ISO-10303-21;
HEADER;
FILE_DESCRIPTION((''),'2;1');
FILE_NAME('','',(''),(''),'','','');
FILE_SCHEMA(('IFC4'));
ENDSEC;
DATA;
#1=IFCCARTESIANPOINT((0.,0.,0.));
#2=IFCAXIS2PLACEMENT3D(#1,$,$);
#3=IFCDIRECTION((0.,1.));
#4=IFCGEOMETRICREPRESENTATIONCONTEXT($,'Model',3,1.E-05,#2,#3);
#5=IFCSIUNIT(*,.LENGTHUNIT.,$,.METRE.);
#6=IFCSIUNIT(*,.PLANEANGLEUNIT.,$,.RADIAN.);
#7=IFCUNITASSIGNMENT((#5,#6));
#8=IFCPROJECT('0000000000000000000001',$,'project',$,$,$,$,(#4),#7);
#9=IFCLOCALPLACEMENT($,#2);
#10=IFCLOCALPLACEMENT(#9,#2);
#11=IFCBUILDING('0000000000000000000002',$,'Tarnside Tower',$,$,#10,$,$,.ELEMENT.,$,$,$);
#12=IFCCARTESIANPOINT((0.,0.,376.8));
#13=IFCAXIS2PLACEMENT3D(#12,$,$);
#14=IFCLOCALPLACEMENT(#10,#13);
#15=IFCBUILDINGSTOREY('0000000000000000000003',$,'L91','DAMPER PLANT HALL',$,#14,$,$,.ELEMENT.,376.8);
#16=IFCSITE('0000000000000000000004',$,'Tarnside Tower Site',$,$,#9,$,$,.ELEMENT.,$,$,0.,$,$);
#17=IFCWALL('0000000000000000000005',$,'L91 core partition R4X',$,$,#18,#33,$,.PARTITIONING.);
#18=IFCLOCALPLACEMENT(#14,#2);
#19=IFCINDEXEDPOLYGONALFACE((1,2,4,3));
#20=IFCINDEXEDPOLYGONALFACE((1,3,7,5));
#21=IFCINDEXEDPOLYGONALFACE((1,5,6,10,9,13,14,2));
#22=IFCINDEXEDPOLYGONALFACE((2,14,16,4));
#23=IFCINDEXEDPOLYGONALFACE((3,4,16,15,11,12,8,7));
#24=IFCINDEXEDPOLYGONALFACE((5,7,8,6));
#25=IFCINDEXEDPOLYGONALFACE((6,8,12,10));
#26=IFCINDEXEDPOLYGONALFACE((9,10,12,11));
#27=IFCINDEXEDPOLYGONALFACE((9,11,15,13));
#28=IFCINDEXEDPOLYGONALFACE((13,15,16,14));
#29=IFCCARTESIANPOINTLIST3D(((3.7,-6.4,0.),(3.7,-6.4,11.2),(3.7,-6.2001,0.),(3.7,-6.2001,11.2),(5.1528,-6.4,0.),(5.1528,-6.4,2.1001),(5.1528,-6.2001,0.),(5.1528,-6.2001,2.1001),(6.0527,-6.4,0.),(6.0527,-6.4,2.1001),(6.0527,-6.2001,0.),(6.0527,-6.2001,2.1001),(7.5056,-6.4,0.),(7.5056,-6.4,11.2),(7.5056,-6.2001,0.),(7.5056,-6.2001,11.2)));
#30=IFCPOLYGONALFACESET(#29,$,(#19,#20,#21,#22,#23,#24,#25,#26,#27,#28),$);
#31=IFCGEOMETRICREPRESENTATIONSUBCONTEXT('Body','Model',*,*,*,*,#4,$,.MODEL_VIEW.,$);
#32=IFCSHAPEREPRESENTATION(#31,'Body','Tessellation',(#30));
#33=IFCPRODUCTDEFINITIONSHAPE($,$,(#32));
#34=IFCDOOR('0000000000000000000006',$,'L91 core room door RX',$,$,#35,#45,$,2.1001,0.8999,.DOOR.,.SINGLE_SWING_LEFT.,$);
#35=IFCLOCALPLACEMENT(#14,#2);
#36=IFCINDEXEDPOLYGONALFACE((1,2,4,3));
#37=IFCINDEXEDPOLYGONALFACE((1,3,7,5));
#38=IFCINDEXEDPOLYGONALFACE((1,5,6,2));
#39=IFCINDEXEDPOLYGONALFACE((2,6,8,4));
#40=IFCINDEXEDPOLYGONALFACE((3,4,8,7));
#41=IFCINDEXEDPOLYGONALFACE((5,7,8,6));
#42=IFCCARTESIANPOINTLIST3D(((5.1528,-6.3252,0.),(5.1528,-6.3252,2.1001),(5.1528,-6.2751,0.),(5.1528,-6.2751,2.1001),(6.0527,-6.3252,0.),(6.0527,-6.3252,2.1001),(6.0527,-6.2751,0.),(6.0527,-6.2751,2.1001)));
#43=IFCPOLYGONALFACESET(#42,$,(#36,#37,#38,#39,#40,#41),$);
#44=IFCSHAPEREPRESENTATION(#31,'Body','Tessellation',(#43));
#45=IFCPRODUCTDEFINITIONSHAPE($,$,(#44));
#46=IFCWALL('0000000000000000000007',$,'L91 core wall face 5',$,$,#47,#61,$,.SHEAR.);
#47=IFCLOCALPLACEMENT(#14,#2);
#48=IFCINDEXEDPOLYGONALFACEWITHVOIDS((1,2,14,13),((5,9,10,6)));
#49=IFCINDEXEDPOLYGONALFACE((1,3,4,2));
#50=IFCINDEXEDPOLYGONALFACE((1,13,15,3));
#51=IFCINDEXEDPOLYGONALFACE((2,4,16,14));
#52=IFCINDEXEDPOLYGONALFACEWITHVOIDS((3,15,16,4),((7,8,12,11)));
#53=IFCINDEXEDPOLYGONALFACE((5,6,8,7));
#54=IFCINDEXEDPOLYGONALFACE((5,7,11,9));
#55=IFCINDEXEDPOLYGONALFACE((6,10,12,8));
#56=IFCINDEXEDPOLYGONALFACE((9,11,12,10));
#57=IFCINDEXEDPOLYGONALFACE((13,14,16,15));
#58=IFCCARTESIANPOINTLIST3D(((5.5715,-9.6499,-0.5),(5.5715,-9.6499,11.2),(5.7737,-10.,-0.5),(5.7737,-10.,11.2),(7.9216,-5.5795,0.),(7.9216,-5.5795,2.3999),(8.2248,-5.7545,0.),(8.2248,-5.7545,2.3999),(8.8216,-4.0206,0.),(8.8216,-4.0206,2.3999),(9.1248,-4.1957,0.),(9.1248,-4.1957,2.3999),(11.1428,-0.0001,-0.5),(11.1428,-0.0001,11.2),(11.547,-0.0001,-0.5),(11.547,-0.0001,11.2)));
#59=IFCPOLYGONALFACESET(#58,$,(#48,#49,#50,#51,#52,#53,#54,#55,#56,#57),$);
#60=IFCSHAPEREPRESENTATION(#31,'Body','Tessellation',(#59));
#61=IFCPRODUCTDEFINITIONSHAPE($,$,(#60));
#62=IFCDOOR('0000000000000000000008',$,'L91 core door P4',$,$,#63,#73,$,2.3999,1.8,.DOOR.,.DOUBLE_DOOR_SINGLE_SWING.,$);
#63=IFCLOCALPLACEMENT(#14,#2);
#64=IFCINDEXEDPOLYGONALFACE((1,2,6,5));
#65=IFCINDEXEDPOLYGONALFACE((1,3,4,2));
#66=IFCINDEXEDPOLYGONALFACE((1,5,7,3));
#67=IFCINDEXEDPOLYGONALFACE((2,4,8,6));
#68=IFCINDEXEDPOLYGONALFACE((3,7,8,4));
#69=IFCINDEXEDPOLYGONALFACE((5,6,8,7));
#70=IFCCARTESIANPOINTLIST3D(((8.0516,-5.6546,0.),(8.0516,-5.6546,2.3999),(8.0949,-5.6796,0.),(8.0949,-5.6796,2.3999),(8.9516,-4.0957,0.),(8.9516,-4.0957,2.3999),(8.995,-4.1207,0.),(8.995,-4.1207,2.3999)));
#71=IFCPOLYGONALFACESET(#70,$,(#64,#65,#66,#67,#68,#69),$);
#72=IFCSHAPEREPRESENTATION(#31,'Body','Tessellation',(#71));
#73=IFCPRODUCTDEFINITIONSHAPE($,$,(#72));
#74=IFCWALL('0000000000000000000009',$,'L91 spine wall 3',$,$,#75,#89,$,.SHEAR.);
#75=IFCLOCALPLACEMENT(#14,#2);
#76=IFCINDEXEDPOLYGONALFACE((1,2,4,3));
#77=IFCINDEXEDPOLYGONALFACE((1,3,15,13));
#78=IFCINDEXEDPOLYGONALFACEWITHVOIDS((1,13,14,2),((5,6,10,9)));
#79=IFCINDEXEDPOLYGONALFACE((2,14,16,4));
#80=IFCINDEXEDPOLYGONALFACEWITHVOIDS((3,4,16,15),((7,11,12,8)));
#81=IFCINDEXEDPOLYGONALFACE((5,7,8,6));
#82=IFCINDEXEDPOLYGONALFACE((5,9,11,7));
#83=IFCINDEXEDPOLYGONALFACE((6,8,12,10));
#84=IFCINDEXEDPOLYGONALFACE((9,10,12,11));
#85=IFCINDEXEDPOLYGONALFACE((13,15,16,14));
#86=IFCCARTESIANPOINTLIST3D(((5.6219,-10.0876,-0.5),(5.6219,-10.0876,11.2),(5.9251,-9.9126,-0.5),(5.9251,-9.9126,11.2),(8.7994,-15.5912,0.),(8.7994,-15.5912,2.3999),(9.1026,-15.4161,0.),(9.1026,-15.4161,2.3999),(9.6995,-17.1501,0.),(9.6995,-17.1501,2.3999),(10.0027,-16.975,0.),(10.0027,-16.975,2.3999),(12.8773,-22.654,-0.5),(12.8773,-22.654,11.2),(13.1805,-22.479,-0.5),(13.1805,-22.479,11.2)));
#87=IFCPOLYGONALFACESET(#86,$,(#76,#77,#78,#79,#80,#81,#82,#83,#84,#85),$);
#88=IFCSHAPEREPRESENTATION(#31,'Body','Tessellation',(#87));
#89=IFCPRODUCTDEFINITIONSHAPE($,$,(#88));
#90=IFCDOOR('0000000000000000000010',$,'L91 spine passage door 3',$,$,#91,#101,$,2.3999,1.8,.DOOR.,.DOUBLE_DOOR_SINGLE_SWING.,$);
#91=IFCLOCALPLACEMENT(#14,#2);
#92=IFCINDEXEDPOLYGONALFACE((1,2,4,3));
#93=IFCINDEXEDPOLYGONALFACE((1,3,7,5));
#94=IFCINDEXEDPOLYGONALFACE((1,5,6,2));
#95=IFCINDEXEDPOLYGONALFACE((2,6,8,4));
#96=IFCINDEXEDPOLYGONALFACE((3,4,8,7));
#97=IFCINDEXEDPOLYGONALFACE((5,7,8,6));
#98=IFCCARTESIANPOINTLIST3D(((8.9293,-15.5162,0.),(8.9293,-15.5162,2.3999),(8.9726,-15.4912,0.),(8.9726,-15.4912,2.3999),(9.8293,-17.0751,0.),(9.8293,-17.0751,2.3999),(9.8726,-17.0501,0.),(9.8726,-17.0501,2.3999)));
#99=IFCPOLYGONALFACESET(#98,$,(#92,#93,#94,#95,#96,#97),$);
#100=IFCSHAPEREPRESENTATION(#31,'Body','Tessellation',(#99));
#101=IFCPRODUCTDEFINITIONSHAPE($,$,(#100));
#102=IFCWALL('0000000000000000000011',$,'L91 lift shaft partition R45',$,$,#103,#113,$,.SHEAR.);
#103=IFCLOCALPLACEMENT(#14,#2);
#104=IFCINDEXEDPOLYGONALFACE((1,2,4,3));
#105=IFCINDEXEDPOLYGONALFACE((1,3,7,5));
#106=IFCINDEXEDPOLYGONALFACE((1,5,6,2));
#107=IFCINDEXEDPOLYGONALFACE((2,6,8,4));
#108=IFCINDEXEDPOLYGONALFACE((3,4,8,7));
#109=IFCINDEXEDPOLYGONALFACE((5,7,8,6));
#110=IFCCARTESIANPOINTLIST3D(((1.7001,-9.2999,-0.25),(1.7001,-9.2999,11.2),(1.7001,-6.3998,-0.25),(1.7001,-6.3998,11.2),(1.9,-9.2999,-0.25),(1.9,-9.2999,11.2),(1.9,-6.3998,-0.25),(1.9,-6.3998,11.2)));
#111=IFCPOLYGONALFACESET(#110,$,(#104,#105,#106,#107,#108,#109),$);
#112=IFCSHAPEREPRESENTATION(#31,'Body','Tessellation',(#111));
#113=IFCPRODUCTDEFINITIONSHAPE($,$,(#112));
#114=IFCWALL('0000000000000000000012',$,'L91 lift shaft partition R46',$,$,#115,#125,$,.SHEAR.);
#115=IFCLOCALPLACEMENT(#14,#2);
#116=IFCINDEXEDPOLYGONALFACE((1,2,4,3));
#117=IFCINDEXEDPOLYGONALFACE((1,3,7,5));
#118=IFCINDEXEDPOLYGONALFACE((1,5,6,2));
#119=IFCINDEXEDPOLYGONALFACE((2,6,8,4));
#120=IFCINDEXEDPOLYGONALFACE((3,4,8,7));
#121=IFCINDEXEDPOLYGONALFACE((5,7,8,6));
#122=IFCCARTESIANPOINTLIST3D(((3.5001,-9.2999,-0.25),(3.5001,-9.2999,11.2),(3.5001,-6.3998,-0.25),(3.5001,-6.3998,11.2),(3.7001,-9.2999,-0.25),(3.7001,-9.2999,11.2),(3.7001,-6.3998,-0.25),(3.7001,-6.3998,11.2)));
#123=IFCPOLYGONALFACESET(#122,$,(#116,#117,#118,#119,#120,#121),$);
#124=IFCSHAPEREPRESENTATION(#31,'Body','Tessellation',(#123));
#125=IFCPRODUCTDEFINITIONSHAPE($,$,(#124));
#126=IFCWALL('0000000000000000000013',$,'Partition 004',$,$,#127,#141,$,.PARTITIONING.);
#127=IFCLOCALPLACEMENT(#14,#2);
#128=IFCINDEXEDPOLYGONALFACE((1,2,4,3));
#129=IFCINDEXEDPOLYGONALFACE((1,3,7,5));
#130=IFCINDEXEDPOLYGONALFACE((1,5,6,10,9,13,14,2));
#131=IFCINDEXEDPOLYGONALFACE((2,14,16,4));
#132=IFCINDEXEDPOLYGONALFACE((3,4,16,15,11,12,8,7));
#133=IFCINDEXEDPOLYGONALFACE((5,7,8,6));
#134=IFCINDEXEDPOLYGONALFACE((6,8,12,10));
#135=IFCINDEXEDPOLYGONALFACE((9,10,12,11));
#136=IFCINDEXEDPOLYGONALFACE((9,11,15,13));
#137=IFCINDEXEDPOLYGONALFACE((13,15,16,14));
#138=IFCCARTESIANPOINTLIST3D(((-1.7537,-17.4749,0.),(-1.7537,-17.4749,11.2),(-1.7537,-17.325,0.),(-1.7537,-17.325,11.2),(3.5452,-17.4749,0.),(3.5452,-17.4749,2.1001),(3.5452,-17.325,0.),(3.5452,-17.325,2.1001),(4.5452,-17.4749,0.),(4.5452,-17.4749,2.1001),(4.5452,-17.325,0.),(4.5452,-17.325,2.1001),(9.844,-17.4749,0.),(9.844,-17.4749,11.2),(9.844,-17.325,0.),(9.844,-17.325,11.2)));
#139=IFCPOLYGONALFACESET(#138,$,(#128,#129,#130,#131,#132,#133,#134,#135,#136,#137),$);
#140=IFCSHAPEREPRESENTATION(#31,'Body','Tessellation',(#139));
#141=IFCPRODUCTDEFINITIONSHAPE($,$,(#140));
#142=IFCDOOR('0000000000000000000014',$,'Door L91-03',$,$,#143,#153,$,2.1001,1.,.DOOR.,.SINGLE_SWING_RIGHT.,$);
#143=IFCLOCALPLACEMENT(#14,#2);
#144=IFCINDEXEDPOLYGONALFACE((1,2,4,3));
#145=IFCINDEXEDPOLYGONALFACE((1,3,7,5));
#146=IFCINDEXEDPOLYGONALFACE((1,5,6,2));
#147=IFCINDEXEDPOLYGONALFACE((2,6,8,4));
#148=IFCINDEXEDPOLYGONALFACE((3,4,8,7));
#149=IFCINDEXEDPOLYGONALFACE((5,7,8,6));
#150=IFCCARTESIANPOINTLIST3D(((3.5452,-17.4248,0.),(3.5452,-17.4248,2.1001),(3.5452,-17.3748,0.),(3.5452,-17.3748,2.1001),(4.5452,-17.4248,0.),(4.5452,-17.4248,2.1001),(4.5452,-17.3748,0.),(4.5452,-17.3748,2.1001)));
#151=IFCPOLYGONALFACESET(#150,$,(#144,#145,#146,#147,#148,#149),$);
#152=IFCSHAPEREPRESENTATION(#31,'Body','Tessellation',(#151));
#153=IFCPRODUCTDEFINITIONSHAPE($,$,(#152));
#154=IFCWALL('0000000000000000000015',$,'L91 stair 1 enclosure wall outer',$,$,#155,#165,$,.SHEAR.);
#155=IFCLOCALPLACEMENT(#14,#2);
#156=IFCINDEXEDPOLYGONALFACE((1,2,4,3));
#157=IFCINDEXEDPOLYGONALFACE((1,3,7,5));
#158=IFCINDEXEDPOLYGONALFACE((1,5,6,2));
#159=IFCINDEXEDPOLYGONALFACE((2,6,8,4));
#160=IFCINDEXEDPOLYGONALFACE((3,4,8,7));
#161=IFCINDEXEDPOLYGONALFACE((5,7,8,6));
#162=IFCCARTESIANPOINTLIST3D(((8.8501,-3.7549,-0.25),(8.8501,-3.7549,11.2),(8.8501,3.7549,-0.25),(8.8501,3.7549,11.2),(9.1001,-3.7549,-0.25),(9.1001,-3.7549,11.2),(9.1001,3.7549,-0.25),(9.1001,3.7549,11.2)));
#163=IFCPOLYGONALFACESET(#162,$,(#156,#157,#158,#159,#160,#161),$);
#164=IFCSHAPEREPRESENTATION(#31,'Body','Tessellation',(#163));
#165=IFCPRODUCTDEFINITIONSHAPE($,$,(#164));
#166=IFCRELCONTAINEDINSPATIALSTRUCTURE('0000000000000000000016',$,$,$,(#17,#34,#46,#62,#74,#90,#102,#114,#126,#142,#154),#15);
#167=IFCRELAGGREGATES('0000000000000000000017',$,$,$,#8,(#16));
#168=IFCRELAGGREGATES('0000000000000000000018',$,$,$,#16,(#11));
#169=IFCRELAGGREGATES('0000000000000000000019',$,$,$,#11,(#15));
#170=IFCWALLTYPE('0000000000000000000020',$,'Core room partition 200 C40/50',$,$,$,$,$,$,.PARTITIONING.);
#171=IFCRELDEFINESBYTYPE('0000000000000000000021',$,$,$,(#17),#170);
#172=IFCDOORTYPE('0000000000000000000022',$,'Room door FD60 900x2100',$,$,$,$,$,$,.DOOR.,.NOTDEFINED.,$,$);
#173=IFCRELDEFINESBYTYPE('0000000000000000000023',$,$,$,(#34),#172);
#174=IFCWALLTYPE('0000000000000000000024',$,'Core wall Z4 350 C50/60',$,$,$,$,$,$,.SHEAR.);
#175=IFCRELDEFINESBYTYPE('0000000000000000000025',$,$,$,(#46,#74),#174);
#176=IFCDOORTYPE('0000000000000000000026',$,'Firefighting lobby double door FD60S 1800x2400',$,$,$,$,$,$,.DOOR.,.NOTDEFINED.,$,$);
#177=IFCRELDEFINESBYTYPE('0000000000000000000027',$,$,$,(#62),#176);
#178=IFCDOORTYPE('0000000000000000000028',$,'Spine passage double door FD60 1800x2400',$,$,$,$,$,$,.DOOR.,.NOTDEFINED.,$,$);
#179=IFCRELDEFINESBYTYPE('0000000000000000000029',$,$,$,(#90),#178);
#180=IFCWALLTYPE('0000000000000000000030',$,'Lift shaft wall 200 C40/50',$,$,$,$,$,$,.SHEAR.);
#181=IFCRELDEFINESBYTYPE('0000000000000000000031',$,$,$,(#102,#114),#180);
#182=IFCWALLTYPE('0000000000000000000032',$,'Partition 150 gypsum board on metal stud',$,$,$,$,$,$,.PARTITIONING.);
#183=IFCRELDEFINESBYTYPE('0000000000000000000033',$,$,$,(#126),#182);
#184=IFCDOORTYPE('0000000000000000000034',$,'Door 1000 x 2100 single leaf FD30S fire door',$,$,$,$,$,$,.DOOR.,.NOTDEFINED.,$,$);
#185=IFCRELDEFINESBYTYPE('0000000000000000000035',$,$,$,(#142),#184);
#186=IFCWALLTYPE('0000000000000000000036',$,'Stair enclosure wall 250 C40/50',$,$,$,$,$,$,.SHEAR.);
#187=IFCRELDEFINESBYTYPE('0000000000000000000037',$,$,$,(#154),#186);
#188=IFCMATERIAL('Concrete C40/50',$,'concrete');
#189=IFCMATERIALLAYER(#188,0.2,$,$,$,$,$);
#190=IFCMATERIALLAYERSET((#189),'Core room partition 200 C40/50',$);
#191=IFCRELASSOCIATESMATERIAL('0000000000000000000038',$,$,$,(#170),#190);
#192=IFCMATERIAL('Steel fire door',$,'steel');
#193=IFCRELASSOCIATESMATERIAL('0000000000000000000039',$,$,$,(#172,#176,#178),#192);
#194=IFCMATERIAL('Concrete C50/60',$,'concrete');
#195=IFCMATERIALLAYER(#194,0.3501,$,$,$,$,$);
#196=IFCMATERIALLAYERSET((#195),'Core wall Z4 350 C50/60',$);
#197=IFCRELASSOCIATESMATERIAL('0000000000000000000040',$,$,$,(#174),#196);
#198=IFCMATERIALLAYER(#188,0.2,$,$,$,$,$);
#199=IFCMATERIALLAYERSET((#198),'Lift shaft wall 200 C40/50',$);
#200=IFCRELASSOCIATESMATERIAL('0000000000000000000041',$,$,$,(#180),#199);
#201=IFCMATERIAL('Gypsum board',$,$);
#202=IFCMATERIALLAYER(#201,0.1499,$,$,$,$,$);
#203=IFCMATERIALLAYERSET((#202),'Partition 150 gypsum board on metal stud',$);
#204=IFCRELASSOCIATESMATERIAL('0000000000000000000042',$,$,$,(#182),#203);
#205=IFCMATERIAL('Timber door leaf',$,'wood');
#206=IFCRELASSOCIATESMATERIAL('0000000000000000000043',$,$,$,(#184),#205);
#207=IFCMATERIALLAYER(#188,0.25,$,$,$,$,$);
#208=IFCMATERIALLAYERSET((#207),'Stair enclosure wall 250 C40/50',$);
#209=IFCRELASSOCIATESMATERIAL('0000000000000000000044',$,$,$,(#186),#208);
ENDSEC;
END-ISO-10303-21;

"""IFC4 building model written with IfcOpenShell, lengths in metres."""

from ifc_helpers import new_model, si_unit, direction, frame, frame_2d, origin, place, context, subcontext, project, spatial, polyline, rectangle, outline, extrude, material, layer, layer_set, type_object, element, fill, save


model = new_model("IFC4")

# Units and contexts
model_context = context("Model", 3, precision=1e-05, world=origin(), true_north=direction((0.0, 1.0)))
body_context = subcontext(model_context, "Body", "Model", "MODEL_VIEW")
ifc_project = project(units=[si_unit("LENGTHUNIT", "METRE"), si_unit("PLANEANGLEUNIT", "RADIAN")], contexts=[model_context])

# Site, building, storey
site_placement = place(None, origin())
site = spatial("IfcSite", under=ifc_project, at=site_placement, Name="Tarnside Tower Site", CompositionType="ELEMENT", RefElevation=0.0)
building_placement = place(site_placement, origin())
building = spatial("IfcBuilding", under=site, at=building_placement, Name="Tarnside Tower", CompositionType="ELEMENT")
storey_placement = place(building_placement, frame((0.0, 0.0, 376.8)))
storey = spatial("IfcBuildingStorey", under=building, at=storey_placement, Name="L91", Description="DAMPER PLANT HALL", CompositionType="ELEMENT", Elevation=376.8)

# Walls, openings, doors
ifc_material_1 = material(Name="Concrete C40/50", Category="concrete")
ifc_layer_1 = layer(ifc_material_1, 0.2)
ifc_layer_set_1 = layer_set([ifc_layer_1], Name="Core room partition 200 C40/50")
wall_type_1 = type_object("IfcWallType", Name="Core room partition 200 C40/50", PredefinedType="PARTITIONING", material=ifc_layer_set_1)
wall_1_placement = place(storey_placement, frame((3.7, -6.3, 0.0), z_axis=(0.0, 0.0, 1.0), x_axis=(1.0, 0.0, 0.0)))
wall_1 = element("IfcWall", 1, at=wall_1_placement, inside=storey, type_object=wall_type_1, Name="L91 core partition R4X", PredefinedType="PARTITIONING", context=body_context, shape_type="SweptSolid", body=[
    extrude(rectangle(XDim=3.8057, YDim=0.2, at=frame_2d((1.9028, 0.0))), origin(), (0.0, 0.0, 1.0), 11.2),
])
opening_1_placement = place(wall_1_placement, frame((1.4529, 0.0, 0.0)))
opening_1 = element("IfcOpeningElement", 2, at=opening_1_placement, cuts=wall_1, PredefinedType="OPENING", context=body_context, shape_type="SweptSolid", body=[
    extrude(rectangle(XDim=0.8999, YDim=2.1001, at=frame_2d((0.45, 1.05))), frame((0.0, 0.1099, 0.0), z_axis=(0.0, -1.0, 0.0), x_axis=(1.0, 0.0, 0.0)), (0.0, 0.0, 1.0), 0.22),
])
ifc_material_2 = material(Name="Steel fire door", Category="steel")
door_type_1 = type_object("IfcDoorType", Name="Room door FD60 900x2100", OperationType="NOTDEFINED", PredefinedType="DOOR", material=ifc_material_2)
door_1_placement = place(opening_1_placement, origin())
door_1 = element("IfcDoor", 3, at=door_1_placement, inside=storey, type_object=door_type_1, Name="L91 core room door RX", OperationType="SINGLE_SWING_LEFT", OverallHeight=2.1001, OverallWidth=0.8999, PredefinedType="DOOR", context=body_context, shape_type="SweptSolid", body=[
    extrude(rectangle(XDim=0.8999, YDim=2.1001, at=frame_2d((0.45, 1.05))), frame((0.0, 0.0249, 0.0), z_axis=(0.0, -1.0, 0.0), x_axis=(1.0, 0.0, 0.0)), (0.0, 0.0, 1.0), 0.05),
])
fill(opening_1, door_1)
ifc_material_3 = material(Name="Concrete C50/60", Category="concrete")
ifc_layer_2 = layer(ifc_material_3, 0.3501)
ifc_layer_set_2 = layer_set([ifc_layer_2], Name="Core wall Z4 350 C50/60")
wall_type_2 = type_object("IfcWallType", Name="Core wall Z4 350 C50/60", PredefinedType="SHEAR", material=ifc_layer_set_2)
wall_2_placement = place(storey_placement, frame((5.6726, -9.825, -0.5), z_axis=(0.0, 0.0, 1.0), x_axis=(0.499995, 0.866028, 0.0)))
wall_2 = element("IfcWall", 4, at=wall_2_placement, inside=storey, type_object=wall_type_2, Name="L91 core wall face 5", PredefinedType="SHEAR", context=body_context, shape_type="SweptSolid", body=[
    extrude(outline(polyline([(-0.1011, -0.175), (11.4458, -0.175), (11.2437, 0.175), (0.1011, 0.175), (-0.1011, -0.175)])), origin(), (0.0, 0.0, 1.0), 11.7),
])
opening_2_placement = place(wall_2_placement, frame((4.8013, 0.0, 0.5)))
opening_2 = element("IfcOpeningElement", 5, at=opening_2_placement, cuts=wall_2, PredefinedType="OPENING", context=body_context, shape_type="SweptSolid", body=[
    extrude(rectangle(XDim=1.8, YDim=2.3999, at=frame_2d((0.8999, 1.2))), frame((0.0, 0.1851, 0.0), z_axis=(0.0, -1.0, 0.0), x_axis=(1.0, 0.0, 0.0)), (0.0, 0.0, 1.0), 0.3701),
])
door_type_2 = type_object("IfcDoorType", Name="Firefighting lobby double door FD60S 1800x2400", OperationType="NOTDEFINED", PredefinedType="DOOR", material=ifc_material_2)
door_2_placement = place(opening_2_placement, origin())
door_2 = element("IfcDoor", 6, at=door_2_placement, inside=storey, type_object=door_type_2, Name="L91 core door P4", OperationType="DOUBLE_DOOR_SINGLE_SWING", OverallHeight=2.3999, OverallWidth=1.8, PredefinedType="DOOR", context=body_context, shape_type="SweptSolid", body=[
    extrude(rectangle(XDim=1.8, YDim=2.3999, at=frame_2d((0.8999, 1.2))), frame((0.0, 0.0249, 0.0), z_axis=(0.0, -1.0, 0.0), x_axis=(1.0, 0.0, 0.0)), (0.0, 0.0, 1.0), 0.05),
])
fill(opening_2, door_2)
wall_3_placement = place(storey_placement, frame((5.7734, -10.0, -0.5), z_axis=(0.0, 0.0, 1.0), x_axis=(0.500008, -0.866021, 0.0)))
wall_3 = element("IfcWall", 7, at=wall_3_placement, inside=storey, type_object=wall_type_2, Name="L91 spine wall 3", PredefinedType="SHEAR", context=body_context, shape_type="SweptSolid", body=[
    extrude(rectangle(XDim=14.5105, YDim=0.3501, at=frame_2d((7.2554, 0.0))), origin(), (0.0, 0.0, 1.0), 11.7),
])
opening_3_placement = place(wall_3_placement, frame((6.3552, 0.0, 0.5)))
opening_3 = element("IfcOpeningElement", 8, at=opening_3_placement, cuts=wall_3, PredefinedType="OPENING", context=body_context, shape_type="SweptSolid", body=[
    extrude(rectangle(XDim=1.8, YDim=2.3999, at=frame_2d((0.8999, 1.2))), frame((0.0, 0.1851, 0.0), z_axis=(0.0, -1.0, 0.0), x_axis=(1.0, 0.0, 0.0)), (0.0, 0.0, 1.0), 0.3701),
])
door_type_3 = type_object("IfcDoorType", Name="Spine passage double door FD60 1800x2400", OperationType="NOTDEFINED", PredefinedType="DOOR", material=ifc_material_2)
door_3_placement = place(opening_3_placement, origin())
door_3 = element("IfcDoor", 9, at=door_3_placement, inside=storey, type_object=door_type_3, Name="L91 spine passage door 3", OperationType="DOUBLE_DOOR_SINGLE_SWING", OverallHeight=2.3999, OverallWidth=1.8, PredefinedType="DOOR", context=body_context, shape_type="SweptSolid", body=[
    extrude(rectangle(XDim=1.8, YDim=2.3999, at=frame_2d((0.8999, 1.2))), frame((0.0, 0.0249, 0.0), z_axis=(0.0, -1.0, 0.0), x_axis=(1.0, 0.0, 0.0)), (0.0, 0.0, 1.0), 0.05),
])
fill(opening_3, door_3)

# Walls
ifc_layer_3 = layer(ifc_material_1, 0.2)
ifc_layer_set_3 = layer_set([ifc_layer_3], Name="Lift shaft wall 200 C40/50")
wall_type_3 = type_object("IfcWallType", Name="Lift shaft wall 200 C40/50", PredefinedType="SHEAR", material=ifc_layer_set_3)
for number, where, z_axis, x_axis, name in (
    (10, (1.8, -9.3, -0.25), (0.0, 0.0, 1.0), (0.0, 1.0, 0.0), "L91 lift shaft partition R45"),
    (11, (3.6001, -9.3, -0.25), (0.0, 0.0, 1.0), (0.0, 1.0, 0.0), "L91 lift shaft partition R46"),
):
    element("IfcWall", number, at=place(storey_placement, frame(where, z_axis=z_axis, x_axis=x_axis)), inside=storey, type_object=wall_type_3, Name=name, PredefinedType="SHEAR", context=body_context, shape_type="SweptSolid", body=[
        extrude(rectangle(XDim=2.9001, YDim=0.2, at=frame_2d((1.4502, 0.0))), origin(), (0.0, 0.0, 1.0), 11.45),
    ])

# Wall, opening, door
ifc_material_4 = material(Name="Gypsum board")
ifc_layer_4 = layer(ifc_material_4, 0.1499)
ifc_layer_set_4 = layer_set([ifc_layer_4], Name="Partition 150 gypsum board on metal stud")
wall_type_4 = type_object("IfcWallType", Name="Partition 150 gypsum board on metal stud", PredefinedType="PARTITIONING", material=ifc_layer_set_4)
wall_4_placement = place(storey_placement, frame((9.844, -17.3999, 0.0), z_axis=(0.0, 0.0, 1.0), x_axis=(-1.0, 0.0, 0.0)))
wall_4 = element("IfcWall", 12, at=wall_4_placement, inside=storey, type_object=wall_type_4, Name="Partition 004", PredefinedType="PARTITIONING", context=body_context, shape_type="SweptSolid", body=[
    extrude(rectangle(XDim=11.5977, YDim=0.1499, at=frame_2d((5.7988, 0.0))), origin(), (0.0, 0.0, 1.0), 11.2),
])
opening_4_placement = place(wall_4_placement, frame((5.2988, 0.0, 0.0)))
opening_4 = element("IfcOpeningElement", 13, at=opening_4_placement, cuts=wall_4, PredefinedType="OPENING", context=body_context, shape_type="SweptSolid", body=[
    extrude(rectangle(XDim=1.0, YDim=2.1001, at=frame_2d((0.5, 1.05))), frame((0.0, 0.085, 0.0), z_axis=(0.0, -1.0, 0.0), x_axis=(1.0, 0.0, 0.0)), (0.0, 0.0, 1.0), 0.1699),
])
ifc_material_5 = material(Name="Timber door leaf", Category="wood")
door_type_4 = type_object("IfcDoorType", Name="Door 1000 x 2100 single leaf FD30S fire door", OperationType="NOTDEFINED", PredefinedType="DOOR", material=ifc_material_5)
door_4_placement = place(opening_4_placement, origin())
door_4 = element("IfcDoor", 14, at=door_4_placement, inside=storey, type_object=door_type_4, Name="Door L91-03", OperationType="SINGLE_SWING_RIGHT", OverallHeight=2.1001, OverallWidth=1.0, PredefinedType="DOOR", context=body_context, shape_type="SweptSolid", body=[
    extrude(rectangle(XDim=1.0, YDim=2.1001, at=frame_2d((0.5, 1.05))), frame((0.0, 0.0249, 0.0), z_axis=(0.0, -1.0, 0.0), x_axis=(1.0, 0.0, 0.0)), (0.0, 0.0, 1.0), 0.05),
])
fill(opening_4, door_4)

# Wall
ifc_layer_5 = layer(ifc_material_1, 0.25)
ifc_layer_set_5 = layer_set([ifc_layer_5], Name="Stair enclosure wall 250 C40/50")
wall_type_5 = type_object("IfcWallType", Name="Stair enclosure wall 250 C40/50", PredefinedType="SHEAR", material=ifc_layer_set_5)
wall_5_placement = place(storey_placement, frame((8.9751, -3.7549, -0.25), z_axis=(0.0, 0.0, 1.0), x_axis=(0.0, 1.0, 0.0)))
element("IfcWall", 15, at=wall_5_placement, inside=storey, type_object=wall_type_5, Name="L91 stair 1 enclosure wall outer", PredefinedType="SHEAR", context=body_context, shape_type="SweptSolid", body=[
    extrude(rectangle(XDim=7.5098, YDim=0.25, at=frame_2d((3.7549, 0.0))), origin(), (0.0, 0.0, 1.0), 11.45),
])

save(model, "model.ifc")
